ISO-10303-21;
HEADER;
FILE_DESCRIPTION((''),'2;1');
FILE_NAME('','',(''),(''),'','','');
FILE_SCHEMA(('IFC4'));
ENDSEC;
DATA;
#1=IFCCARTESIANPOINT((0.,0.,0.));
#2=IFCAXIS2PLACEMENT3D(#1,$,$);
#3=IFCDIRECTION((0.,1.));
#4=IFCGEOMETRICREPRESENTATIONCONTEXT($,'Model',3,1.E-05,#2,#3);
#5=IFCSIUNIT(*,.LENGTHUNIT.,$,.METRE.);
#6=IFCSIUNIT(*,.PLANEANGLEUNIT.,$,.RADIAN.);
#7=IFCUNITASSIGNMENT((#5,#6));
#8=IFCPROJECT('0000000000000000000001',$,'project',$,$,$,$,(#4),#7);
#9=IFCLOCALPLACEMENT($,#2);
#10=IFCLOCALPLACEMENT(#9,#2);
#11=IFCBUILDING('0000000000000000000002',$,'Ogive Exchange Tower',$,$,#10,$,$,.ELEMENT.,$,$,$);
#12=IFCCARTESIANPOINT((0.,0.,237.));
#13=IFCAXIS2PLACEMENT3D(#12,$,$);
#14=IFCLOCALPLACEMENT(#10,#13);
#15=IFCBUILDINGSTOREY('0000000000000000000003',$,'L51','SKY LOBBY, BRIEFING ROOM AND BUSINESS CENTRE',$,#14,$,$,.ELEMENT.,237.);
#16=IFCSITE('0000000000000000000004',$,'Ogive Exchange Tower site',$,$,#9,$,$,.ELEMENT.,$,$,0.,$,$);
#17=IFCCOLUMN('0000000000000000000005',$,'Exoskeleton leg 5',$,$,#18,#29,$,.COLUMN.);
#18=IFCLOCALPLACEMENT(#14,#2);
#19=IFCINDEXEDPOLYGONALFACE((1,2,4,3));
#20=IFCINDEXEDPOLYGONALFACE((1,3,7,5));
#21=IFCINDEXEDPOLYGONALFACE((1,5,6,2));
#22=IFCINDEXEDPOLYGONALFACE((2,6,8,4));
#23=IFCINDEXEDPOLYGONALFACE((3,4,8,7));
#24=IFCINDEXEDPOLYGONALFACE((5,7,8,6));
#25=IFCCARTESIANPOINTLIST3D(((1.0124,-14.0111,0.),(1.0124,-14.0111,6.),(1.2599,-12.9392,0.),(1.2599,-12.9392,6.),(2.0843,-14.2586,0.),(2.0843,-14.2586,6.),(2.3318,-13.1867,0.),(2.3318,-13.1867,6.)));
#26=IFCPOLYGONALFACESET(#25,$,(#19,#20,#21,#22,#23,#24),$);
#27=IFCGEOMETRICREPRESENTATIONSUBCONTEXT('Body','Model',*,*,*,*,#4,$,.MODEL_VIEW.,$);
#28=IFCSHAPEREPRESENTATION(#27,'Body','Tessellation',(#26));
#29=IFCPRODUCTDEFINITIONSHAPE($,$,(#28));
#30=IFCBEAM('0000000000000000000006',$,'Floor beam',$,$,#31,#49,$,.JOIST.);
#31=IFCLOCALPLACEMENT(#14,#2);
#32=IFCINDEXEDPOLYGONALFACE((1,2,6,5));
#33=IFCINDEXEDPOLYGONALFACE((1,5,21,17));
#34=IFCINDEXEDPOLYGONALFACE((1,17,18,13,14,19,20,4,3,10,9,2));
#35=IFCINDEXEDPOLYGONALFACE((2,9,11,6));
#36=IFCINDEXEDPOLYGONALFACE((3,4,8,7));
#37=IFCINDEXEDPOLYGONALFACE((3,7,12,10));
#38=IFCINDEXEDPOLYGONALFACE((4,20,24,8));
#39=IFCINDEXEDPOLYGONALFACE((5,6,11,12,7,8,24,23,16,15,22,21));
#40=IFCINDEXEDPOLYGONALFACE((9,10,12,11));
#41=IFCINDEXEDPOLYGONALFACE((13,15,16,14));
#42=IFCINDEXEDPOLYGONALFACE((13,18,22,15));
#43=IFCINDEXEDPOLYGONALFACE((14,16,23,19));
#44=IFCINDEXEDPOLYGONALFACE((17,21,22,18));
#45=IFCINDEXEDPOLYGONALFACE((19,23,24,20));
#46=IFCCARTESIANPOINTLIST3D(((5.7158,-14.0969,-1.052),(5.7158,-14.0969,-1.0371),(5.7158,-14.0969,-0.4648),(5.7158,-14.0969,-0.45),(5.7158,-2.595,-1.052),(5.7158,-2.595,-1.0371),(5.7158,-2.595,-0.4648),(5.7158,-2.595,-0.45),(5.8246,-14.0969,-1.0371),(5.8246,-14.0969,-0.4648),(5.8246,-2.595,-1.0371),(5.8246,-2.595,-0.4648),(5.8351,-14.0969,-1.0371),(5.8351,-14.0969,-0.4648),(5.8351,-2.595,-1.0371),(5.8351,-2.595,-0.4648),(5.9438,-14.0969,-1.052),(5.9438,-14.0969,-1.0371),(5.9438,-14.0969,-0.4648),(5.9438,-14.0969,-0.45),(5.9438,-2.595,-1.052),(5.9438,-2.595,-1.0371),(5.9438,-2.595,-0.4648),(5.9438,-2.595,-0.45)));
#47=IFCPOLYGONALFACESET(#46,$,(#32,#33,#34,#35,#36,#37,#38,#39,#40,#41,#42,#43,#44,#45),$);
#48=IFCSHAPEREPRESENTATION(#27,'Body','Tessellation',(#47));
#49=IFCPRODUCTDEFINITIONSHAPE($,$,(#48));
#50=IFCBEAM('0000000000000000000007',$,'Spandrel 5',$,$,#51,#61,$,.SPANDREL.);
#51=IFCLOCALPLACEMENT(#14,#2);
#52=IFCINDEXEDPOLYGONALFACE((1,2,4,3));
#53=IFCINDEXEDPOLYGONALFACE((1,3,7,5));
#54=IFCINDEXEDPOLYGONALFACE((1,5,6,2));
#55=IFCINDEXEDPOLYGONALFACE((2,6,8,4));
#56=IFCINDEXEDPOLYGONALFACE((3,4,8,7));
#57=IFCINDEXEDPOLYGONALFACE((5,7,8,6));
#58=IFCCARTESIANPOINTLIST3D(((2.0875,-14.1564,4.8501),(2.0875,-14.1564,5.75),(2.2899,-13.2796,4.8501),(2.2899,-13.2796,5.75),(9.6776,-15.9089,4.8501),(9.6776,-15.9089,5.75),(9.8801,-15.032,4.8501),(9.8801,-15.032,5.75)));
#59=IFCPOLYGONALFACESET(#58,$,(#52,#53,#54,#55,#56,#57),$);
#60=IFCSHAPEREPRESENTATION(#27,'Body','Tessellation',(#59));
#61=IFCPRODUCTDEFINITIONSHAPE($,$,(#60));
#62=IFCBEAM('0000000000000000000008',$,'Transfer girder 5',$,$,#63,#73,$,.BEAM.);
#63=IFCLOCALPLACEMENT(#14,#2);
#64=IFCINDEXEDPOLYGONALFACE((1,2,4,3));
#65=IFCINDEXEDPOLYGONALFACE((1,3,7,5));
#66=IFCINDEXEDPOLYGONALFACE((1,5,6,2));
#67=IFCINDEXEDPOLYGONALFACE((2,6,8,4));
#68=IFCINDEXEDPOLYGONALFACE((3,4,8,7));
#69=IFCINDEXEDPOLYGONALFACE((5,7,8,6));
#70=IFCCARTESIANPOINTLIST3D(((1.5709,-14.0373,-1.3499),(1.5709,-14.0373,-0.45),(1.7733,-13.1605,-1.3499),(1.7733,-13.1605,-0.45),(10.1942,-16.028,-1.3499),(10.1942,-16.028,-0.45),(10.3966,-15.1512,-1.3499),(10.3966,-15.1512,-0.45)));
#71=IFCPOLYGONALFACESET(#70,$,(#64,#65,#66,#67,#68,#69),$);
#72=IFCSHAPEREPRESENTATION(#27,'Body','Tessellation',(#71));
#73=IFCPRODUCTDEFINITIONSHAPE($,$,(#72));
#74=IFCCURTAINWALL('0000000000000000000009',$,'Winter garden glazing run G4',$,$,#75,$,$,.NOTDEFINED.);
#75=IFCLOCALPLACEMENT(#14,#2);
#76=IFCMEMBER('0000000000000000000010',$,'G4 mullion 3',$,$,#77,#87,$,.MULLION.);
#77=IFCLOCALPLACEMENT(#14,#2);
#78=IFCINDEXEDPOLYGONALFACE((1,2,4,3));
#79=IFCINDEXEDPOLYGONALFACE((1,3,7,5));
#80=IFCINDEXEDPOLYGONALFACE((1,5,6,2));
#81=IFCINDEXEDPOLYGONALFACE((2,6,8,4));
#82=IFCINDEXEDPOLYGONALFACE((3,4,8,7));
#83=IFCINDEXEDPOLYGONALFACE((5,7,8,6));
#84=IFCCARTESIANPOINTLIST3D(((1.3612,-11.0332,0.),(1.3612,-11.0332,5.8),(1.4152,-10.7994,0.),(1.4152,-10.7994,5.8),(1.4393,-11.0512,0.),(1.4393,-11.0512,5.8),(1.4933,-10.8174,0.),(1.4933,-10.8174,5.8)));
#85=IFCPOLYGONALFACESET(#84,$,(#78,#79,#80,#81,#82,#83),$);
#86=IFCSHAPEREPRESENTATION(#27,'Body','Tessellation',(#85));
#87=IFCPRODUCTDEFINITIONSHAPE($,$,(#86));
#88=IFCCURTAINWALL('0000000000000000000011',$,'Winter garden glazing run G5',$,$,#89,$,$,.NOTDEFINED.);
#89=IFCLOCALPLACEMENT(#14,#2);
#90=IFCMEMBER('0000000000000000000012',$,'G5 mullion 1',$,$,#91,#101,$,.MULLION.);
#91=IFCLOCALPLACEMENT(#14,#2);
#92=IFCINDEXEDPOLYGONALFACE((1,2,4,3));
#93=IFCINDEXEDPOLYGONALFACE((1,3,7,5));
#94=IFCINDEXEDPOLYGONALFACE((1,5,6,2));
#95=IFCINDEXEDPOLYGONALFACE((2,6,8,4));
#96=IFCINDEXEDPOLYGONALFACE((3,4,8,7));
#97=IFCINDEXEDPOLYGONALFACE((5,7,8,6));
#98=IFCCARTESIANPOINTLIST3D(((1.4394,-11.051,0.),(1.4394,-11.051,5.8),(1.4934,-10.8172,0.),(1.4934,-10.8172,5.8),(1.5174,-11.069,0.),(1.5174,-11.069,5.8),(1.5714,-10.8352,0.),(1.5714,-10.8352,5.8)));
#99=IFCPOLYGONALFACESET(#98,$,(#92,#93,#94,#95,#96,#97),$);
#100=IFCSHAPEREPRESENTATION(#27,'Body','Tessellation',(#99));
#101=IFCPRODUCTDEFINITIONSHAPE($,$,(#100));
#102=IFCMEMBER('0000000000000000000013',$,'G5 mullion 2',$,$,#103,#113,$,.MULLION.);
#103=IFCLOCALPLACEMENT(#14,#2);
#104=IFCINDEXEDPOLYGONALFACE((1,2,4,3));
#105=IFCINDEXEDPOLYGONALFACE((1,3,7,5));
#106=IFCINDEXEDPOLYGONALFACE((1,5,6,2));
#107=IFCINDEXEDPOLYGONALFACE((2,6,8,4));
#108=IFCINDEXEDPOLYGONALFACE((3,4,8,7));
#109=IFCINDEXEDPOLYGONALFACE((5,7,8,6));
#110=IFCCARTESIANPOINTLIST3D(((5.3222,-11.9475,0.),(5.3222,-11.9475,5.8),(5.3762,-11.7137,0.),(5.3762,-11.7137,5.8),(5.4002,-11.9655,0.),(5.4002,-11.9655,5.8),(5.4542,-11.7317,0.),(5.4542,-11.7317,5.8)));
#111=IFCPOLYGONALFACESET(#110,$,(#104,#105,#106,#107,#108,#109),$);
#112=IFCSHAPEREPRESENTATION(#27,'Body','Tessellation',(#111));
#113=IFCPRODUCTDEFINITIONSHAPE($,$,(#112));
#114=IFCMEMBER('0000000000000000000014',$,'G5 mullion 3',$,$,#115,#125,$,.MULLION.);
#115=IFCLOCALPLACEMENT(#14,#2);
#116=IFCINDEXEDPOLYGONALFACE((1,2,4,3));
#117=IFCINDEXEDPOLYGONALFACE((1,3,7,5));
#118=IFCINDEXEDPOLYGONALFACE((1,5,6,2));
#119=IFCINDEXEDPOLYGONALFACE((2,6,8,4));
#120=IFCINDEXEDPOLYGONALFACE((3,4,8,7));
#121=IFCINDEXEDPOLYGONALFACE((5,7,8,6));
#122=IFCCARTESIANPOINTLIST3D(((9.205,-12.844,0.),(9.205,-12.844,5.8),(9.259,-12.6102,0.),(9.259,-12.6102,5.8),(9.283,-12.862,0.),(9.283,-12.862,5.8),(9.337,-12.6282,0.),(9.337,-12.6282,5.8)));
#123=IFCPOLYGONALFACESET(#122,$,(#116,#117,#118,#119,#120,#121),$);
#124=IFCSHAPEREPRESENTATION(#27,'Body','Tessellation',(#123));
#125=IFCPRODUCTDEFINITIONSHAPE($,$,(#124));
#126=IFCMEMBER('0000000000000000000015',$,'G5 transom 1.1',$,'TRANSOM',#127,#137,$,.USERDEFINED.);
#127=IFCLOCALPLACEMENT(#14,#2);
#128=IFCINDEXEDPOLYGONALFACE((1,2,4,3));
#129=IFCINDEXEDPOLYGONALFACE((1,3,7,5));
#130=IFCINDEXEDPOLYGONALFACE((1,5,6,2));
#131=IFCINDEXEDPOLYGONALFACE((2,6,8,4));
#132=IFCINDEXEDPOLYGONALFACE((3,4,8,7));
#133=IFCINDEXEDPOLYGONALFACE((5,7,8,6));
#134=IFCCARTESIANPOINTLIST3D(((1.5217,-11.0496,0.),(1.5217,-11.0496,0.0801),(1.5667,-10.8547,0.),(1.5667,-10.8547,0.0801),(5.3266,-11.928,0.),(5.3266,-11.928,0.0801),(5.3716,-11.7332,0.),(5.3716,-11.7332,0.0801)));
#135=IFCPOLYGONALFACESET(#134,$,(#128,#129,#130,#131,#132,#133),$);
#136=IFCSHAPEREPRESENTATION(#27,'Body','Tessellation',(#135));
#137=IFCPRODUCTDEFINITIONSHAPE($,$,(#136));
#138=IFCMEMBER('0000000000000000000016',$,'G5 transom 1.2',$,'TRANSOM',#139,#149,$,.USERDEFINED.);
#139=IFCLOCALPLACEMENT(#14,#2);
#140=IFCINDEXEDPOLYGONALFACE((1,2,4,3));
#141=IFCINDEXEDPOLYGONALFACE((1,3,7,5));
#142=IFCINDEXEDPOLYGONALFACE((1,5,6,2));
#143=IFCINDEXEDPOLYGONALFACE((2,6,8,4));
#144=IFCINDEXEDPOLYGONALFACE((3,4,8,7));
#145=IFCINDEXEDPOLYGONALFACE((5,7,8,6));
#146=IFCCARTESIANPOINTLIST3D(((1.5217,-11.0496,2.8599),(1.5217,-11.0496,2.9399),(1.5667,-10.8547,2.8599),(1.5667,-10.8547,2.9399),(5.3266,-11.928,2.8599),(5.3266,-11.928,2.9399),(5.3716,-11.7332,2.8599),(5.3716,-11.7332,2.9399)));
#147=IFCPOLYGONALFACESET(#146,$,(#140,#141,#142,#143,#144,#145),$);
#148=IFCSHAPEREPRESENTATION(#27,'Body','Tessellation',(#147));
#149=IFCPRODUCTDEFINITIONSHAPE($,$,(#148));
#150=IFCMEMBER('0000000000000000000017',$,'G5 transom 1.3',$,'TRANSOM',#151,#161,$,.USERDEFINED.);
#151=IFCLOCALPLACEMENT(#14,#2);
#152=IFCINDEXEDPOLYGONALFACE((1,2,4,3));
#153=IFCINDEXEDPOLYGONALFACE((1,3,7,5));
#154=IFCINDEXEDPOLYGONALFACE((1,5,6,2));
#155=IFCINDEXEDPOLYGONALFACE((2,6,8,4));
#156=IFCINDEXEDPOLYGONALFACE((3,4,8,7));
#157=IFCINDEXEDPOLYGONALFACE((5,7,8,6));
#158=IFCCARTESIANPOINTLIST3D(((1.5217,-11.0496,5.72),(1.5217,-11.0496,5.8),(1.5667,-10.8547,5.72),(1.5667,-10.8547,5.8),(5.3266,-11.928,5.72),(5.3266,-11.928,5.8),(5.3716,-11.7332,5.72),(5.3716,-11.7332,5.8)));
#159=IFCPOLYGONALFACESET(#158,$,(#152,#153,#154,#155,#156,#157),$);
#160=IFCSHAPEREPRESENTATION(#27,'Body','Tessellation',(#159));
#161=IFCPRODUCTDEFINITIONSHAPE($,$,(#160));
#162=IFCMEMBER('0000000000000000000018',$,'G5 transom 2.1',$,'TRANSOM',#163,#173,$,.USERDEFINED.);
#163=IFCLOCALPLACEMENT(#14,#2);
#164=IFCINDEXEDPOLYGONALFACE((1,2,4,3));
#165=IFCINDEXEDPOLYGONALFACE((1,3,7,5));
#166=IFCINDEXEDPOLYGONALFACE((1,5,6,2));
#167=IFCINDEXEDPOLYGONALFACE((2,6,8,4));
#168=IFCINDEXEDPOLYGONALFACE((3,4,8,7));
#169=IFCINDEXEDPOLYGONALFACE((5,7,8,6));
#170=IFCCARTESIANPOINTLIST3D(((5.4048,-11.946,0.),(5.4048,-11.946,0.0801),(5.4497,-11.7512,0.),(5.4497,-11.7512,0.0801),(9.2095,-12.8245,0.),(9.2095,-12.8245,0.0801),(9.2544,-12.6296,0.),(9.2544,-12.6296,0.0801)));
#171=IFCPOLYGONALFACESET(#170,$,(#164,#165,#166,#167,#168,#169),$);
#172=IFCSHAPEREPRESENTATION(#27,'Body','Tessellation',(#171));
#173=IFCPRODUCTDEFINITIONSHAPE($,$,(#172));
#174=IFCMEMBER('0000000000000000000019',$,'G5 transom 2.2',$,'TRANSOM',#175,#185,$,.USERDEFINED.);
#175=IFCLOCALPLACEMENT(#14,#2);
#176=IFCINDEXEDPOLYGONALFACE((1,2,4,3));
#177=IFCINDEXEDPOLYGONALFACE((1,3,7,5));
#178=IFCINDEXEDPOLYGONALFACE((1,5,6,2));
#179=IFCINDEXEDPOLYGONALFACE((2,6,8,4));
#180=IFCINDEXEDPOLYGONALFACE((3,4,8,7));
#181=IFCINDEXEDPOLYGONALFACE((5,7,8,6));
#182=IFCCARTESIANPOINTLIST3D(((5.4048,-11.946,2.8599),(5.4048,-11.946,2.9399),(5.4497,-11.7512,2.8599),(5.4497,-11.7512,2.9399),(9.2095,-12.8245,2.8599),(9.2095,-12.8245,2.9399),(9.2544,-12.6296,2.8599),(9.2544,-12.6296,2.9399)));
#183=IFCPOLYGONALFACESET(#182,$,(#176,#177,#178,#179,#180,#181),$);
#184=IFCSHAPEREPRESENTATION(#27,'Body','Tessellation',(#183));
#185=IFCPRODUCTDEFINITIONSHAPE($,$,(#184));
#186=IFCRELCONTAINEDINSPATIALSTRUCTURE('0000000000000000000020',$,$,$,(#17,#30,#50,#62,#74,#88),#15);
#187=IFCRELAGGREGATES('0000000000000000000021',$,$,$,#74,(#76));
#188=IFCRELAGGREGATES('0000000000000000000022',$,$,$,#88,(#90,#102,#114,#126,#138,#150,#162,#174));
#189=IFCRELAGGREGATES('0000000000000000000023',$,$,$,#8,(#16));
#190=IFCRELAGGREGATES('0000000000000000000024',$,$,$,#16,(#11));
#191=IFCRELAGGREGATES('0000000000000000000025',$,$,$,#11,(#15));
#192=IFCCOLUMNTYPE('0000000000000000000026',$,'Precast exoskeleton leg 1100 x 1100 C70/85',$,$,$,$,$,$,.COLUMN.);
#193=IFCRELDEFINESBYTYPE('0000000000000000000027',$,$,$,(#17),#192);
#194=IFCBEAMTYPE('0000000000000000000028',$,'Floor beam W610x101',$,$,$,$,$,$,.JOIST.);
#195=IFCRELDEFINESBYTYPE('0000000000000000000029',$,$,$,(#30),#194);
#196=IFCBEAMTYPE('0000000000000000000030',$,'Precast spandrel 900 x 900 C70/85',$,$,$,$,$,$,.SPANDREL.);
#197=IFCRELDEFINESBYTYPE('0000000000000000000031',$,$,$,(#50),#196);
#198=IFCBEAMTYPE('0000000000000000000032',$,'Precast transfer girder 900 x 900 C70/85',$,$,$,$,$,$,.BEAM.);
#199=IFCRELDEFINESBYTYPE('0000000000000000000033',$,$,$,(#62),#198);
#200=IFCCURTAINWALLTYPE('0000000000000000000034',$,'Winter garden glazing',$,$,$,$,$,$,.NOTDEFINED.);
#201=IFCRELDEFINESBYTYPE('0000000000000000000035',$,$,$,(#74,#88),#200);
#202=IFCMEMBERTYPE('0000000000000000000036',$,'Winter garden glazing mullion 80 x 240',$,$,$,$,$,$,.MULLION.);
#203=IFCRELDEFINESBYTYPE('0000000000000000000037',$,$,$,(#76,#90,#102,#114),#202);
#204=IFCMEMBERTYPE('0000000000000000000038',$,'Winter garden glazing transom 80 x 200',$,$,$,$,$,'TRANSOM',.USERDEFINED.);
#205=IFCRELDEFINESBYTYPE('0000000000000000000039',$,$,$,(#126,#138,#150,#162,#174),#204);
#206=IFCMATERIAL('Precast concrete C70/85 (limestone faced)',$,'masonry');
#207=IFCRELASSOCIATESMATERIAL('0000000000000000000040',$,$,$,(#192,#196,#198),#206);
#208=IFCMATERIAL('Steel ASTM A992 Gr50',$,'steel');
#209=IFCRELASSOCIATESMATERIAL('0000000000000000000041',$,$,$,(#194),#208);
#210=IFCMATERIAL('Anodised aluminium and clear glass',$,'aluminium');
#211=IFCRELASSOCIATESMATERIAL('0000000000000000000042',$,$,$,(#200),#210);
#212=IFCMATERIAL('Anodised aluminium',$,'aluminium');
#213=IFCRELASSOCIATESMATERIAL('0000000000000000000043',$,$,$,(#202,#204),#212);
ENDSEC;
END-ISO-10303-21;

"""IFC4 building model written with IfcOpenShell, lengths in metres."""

from ifc_helpers import new_model, si_unit, direction, frame, origin, origin_2d, place, context, subcontext, project, spatial, rectangle, i_section, extrude, material, material_profile, profile_set, type_object, element, aggregate, save


model = new_model("IFC4")

# Units and contexts
model_context = context("Model", 3, precision=1e-05, world=origin(), true_north=direction((0.0, 1.0)))
body_context = subcontext(model_context, "Body", "Model", "MODEL_VIEW")
ifc_project = project(units=[si_unit("LENGTHUNIT", "METRE"), si_unit("PLANEANGLEUNIT", "RADIAN")], contexts=[model_context])

# Site, building, storey
site_placement = place(None, origin())
site = spatial("IfcSite", under=ifc_project, at=site_placement, Name="Ogive Exchange Tower site", CompositionType="ELEMENT", RefElevation=0.0)
building_placement = place(site_placement, origin())
building = spatial("IfcBuilding", under=site, at=building_placement, Name="Ogive Exchange Tower", CompositionType="ELEMENT")
storey_placement = place(building_placement, frame((0.0, 0.0, 237.0)))
storey = spatial("IfcBuildingStorey", under=building, at=storey_placement, Name="L51", Description="SKY LOBBY, BRIEFING ROOM AND BUSINESS CENTRE", CompositionType="ELEMENT", Elevation=237.0)

# Column
ifc_material_1 = material(Name="Precast concrete C70/85 (limestone faced)", Category="masonry")
ifc_material_profile_1 = material_profile(ifc_material_1, rectangle(XDim=1.1001, YDim=1.1001, at=origin_2d()), Name="1100 x 1100")
ifc_profile_set_1 = profile_set([ifc_material_profile_1], Name="Precast concrete C70/85 (limestone faced)")
column_type = type_object("IfcColumnType", Name="Precast exoskeleton leg 1100 x 1100 C70/85", PredefinedType="COLUMN", material=ifc_profile_set_1)
column_placement = place(storey_placement, frame((1.6721, -13.5989, 0.0), z_axis=(0.0, 0.0, 1.0), x_axis=(0.97437, -0.224951, 0.0)))
element("IfcColumn", 1, at=column_placement, inside=storey, type_object=column_type, Name="Exoskeleton leg 5", PredefinedType="COLUMN", context=body_context, shape_type="SweptSolid", body=[
    extrude(rectangle(XDim=1.1001, YDim=1.1001, at=origin_2d()), origin(), (0.0, 0.0, 1.0), 6.0),
])

# Beams
ifc_material_2 = material(Name="Steel ASTM A992 Gr50", Category="steel")
ifc_material_profile_2 = material_profile(ifc_material_2, i_section(OverallWidth=0.228, OverallDepth=0.6021, WebThickness=0.0105, FlangeThickness=0.0149, at=origin_2d()), Name="W610x101")
ifc_profile_set_2 = profile_set([ifc_material_profile_2], Name="Steel ASTM A992 Gr50")
beam_type_1 = type_object("IfcBeamType", Name="Floor beam W610x101", PredefinedType="JOIST", material=ifc_profile_set_2)
beam_1_placement = place(storey_placement, frame((5.8298, -14.0969, -0.751), z_axis=(0.0, 1.0, 0.0), x_axis=(-1.0, 0.0, 0.0)))
element("IfcBeam", 2, at=beam_1_placement, inside=storey, type_object=beam_type_1, Name="Floor beam", PredefinedType="JOIST", context=body_context, shape_type="SweptSolid", body=[
    extrude(i_section(OverallWidth=0.228, OverallDepth=0.6021, WebThickness=0.0105, FlangeThickness=0.0149, at=origin_2d()), origin(), (0.0, 0.0, 1.0), 11.502),
])
ifc_material_profile_3 = material_profile(ifc_material_1, rectangle(XDim=0.8999, YDim=0.8999, at=origin_2d()), Name="900 x 900")
ifc_profile_set_3 = profile_set([ifc_material_profile_3], Name="Precast concrete C70/85 (limestone faced)")
beam_type_2 = type_object("IfcBeamType", Name="Precast spandrel 900 x 900 C70/85", PredefinedType="SPANDREL", material=ifc_profile_set_3)
beam_2_placement = place(storey_placement, frame((2.1887, -13.718, 5.3), z_axis=(0.974366, -0.224967, 0.0), x_axis=(0.224967, 0.974366, 0.0)))
element("IfcBeam", 3, at=beam_2_placement, inside=storey, type_object=beam_type_2, Name="Spandrel 5", PredefinedType="SPANDREL", context=body_context, shape_type="SweptSolid", body=[
    extrude(rectangle(XDim=0.8999, YDim=0.8999, at=origin_2d()), origin(), (0.0, 0.0, 1.0), 7.7898),
])
ifc_material_profile_4 = material_profile(ifc_material_1, rectangle(XDim=0.8999, YDim=0.8999, at=origin_2d()), Name="900 x 900")
ifc_profile_set_4 = profile_set([ifc_material_profile_4], Name="Precast concrete C70/85 (limestone faced)")
beam_type_3 = type_object("IfcBeamType", Name="Precast transfer girder 900 x 900 C70/85", PredefinedType="BEAM", material=ifc_profile_set_4)
beam_3_placement = place(storey_placement, frame((1.6721, -13.5989, -0.8999), z_axis=(0.974373, -0.224938, 0.0), x_axis=(0.224938, 0.974373, 0.0)))
element("IfcBeam", 4, at=beam_3_placement, inside=storey, type_object=beam_type_3, Name="Transfer girder 5", PredefinedType="BEAM", context=body_context, shape_type="SweptSolid", body=[
    extrude(rectangle(XDim=0.8999, YDim=0.8999, at=origin_2d()), origin(), (0.0, 0.0, 1.0), 8.8501),
])

# Curtain wall, member
ifc_material_3 = material(Name="Anodised aluminium and clear glass", Category="aluminium")
curtain_wall_type = type_object("IfcCurtainWallType", Name="Winter garden glazing", PredefinedType="NOTDEFINED", material=ifc_material_3)
curtain_wall_1_placement = place(storey_placement, origin())
curtain_wall_1 = element("IfcCurtainWall", 5, at=curtain_wall_1_placement, inside=storey, type_object=curtain_wall_type, Name="Winter garden glazing run G4", PredefinedType="NOTDEFINED")
ifc_material_4 = material(Name="Anodised aluminium", Category="aluminium")
ifc_material_profile_5 = material_profile(ifc_material_4, rectangle(XDim=0.24, YDim=0.0801, at=origin_2d()), Name="AL 80x240")
ifc_profile_set_5 = profile_set([ifc_material_profile_5], Name="Anodised aluminium")
member_type_1 = type_object("IfcMemberType", Name="Winter garden glazing mullion 80 x 240", PredefinedType="MULLION", material=ifc_profile_set_5)
member_1_placement = place(storey_placement, frame((1.4272, -10.9253, 0.0), z_axis=(0.0, 0.0, 1.0), x_axis=(0.224944, 0.974372, 0.0)))
member_1 = element("IfcMember", 6, at=member_1_placement, type_object=member_type_1, Name="G4 mullion 3", PredefinedType="MULLION", context=body_context, shape_type="SweptSolid", body=[
    extrude(rectangle(XDim=0.24, YDim=0.0801, at=origin_2d()), origin(), (0.0, 0.0, 1.0), 5.8),
])
aggregate(curtain_wall_1, [member_1])

# Curtain wall, members
curtain_wall_2_placement = place(storey_placement, origin())
curtain_wall_2 = element("IfcCurtainWall", 7, at=curtain_wall_2_placement, inside=storey, type_object=curtain_wall_type, Name="Winter garden glazing run G5", PredefinedType="NOTDEFINED")
member_2_placement = place(storey_placement, frame((1.5054, -10.9431, 0.0), z_axis=(0.0, 0.0, 1.0), x_axis=(0.224956, 0.974369, 0.0)))
member_2 = element("IfcMember", 8, at=member_2_placement, type_object=member_type_1, Name="G5 mullion 1", PredefinedType="MULLION", context=body_context, shape_type="SweptSolid", body=[
    extrude(rectangle(XDim=0.24, YDim=0.0801, at=origin_2d()), origin(), (0.0, 0.0, 1.0), 5.8),
])
member_3_placement = place(storey_placement, frame((5.3882, -11.8396, 0.0), z_axis=(0.0, 0.0, 1.0), x_axis=(0.224956, 0.974369, 0.0)))
member_3 = element("IfcMember", 9, at=member_3_placement, type_object=member_type_1, Name="G5 mullion 2", PredefinedType="MULLION", context=body_context, shape_type="SweptSolid", body=[
    extrude(rectangle(XDim=0.24, YDim=0.0801, at=origin_2d()), origin(), (0.0, 0.0, 1.0), 5.8),
])
member_4_placement = place(storey_placement, frame((9.271, -12.7361, 0.0), z_axis=(0.0, 0.0, 1.0), x_axis=(0.224956, 0.974369, 0.0)))
member_4 = element("IfcMember", 10, at=member_4_placement, type_object=member_type_1, Name="G5 mullion 3", PredefinedType="MULLION", context=body_context, shape_type="SweptSolid", body=[
    extrude(rectangle(XDim=0.24, YDim=0.0801, at=origin_2d()), origin(), (0.0, 0.0, 1.0), 5.8),
])
ifc_material_profile_6 = material_profile(ifc_material_4, rectangle(XDim=0.2, YDim=0.0801, at=origin_2d()), Name="AL 80x200")
ifc_profile_set_6 = profile_set([ifc_material_profile_6], Name="Anodised aluminium")
member_type_2 = type_object("IfcMemberType", Name="Winter garden glazing transom 80 x 200", ElementType="TRANSOM", PredefinedType="USERDEFINED", material=ifc_profile_set_6)
member_5_placement = place(storey_placement, frame((1.5442, -10.9521, 0.04), z_axis=(0.974371, -0.224946, 0.0), x_axis=(0.224946, 0.974371, 0.0)))
member_5 = element("IfcMember", 11, at=member_5_placement, type_object=member_type_2, Name="G5 transom 1.1", ObjectType="TRANSOM", PredefinedType="USERDEFINED", context=body_context, shape_type="SweptSolid", body=[
    extrude(rectangle(XDim=0.2, YDim=0.0801, at=origin_2d()), origin(), (0.0, 0.0, 1.0), 3.905),
])
member_6_placement = place(storey_placement, frame((1.5442, -10.9521, 2.8999), z_axis=(0.974371, -0.224946, 0.0), x_axis=(0.224946, 0.974371, 0.0)))
member_6 = element("IfcMember", 12, at=member_6_placement, type_object=member_type_2, Name="G5 transom 1.2", ObjectType="TRANSOM", PredefinedType="USERDEFINED", context=body_context, shape_type="SweptSolid", body=[
    extrude(rectangle(XDim=0.2, YDim=0.0801, at=origin_2d()), origin(), (0.0, 0.0, 1.0), 3.905),
])
member_7_placement = place(storey_placement, frame((1.5442, -10.9521, 5.76), z_axis=(0.974371, -0.224946, 0.0), x_axis=(0.224946, 0.974371, 0.0)))
member_7 = element("IfcMember", 13, at=member_7_placement, type_object=member_type_2, Name="G5 transom 1.3", ObjectType="TRANSOM", PredefinedType="USERDEFINED", context=body_context, shape_type="SweptSolid", body=[
    extrude(rectangle(XDim=0.2, YDim=0.0801, at=origin_2d()), origin(), (0.0, 0.0, 1.0), 3.905),
])
member_8_placement = place(storey_placement, frame((5.4272, -11.8486, 0.04), z_axis=(0.974368, -0.22496, 0.0), x_axis=(0.22496, 0.974368, 0.0)))
member_8 = element("IfcMember", 14, at=member_8_placement, type_object=member_type_2, Name="G5 transom 2.1", ObjectType="TRANSOM", PredefinedType="USERDEFINED", context=body_context, shape_type="SweptSolid", body=[
    extrude(rectangle(XDim=0.2, YDim=0.0801, at=origin_2d()), origin(), (0.0, 0.0, 1.0), 3.9048),
])
member_9_placement = place(storey_placement, frame((5.4272, -11.8486, 2.8999), z_axis=(0.974368, -0.22496, 0.0), x_axis=(0.22496, 0.974368, 0.0)))
member_9 = element("IfcMember", 15, at=member_9_placement, type_object=member_type_2, Name="G5 transom 2.2", ObjectType="TRANSOM", PredefinedType="USERDEFINED", context=body_context, shape_type="SweptSolid", body=[
    extrude(rectangle(XDim=0.2, YDim=0.0801, at=origin_2d()), origin(), (0.0, 0.0, 1.0), 3.9048),
])
aggregate(curtain_wall_2, [member_2, member_3, member_4, member_5, member_6, member_7, member_8, member_9])

save(model, "model.ifc")
